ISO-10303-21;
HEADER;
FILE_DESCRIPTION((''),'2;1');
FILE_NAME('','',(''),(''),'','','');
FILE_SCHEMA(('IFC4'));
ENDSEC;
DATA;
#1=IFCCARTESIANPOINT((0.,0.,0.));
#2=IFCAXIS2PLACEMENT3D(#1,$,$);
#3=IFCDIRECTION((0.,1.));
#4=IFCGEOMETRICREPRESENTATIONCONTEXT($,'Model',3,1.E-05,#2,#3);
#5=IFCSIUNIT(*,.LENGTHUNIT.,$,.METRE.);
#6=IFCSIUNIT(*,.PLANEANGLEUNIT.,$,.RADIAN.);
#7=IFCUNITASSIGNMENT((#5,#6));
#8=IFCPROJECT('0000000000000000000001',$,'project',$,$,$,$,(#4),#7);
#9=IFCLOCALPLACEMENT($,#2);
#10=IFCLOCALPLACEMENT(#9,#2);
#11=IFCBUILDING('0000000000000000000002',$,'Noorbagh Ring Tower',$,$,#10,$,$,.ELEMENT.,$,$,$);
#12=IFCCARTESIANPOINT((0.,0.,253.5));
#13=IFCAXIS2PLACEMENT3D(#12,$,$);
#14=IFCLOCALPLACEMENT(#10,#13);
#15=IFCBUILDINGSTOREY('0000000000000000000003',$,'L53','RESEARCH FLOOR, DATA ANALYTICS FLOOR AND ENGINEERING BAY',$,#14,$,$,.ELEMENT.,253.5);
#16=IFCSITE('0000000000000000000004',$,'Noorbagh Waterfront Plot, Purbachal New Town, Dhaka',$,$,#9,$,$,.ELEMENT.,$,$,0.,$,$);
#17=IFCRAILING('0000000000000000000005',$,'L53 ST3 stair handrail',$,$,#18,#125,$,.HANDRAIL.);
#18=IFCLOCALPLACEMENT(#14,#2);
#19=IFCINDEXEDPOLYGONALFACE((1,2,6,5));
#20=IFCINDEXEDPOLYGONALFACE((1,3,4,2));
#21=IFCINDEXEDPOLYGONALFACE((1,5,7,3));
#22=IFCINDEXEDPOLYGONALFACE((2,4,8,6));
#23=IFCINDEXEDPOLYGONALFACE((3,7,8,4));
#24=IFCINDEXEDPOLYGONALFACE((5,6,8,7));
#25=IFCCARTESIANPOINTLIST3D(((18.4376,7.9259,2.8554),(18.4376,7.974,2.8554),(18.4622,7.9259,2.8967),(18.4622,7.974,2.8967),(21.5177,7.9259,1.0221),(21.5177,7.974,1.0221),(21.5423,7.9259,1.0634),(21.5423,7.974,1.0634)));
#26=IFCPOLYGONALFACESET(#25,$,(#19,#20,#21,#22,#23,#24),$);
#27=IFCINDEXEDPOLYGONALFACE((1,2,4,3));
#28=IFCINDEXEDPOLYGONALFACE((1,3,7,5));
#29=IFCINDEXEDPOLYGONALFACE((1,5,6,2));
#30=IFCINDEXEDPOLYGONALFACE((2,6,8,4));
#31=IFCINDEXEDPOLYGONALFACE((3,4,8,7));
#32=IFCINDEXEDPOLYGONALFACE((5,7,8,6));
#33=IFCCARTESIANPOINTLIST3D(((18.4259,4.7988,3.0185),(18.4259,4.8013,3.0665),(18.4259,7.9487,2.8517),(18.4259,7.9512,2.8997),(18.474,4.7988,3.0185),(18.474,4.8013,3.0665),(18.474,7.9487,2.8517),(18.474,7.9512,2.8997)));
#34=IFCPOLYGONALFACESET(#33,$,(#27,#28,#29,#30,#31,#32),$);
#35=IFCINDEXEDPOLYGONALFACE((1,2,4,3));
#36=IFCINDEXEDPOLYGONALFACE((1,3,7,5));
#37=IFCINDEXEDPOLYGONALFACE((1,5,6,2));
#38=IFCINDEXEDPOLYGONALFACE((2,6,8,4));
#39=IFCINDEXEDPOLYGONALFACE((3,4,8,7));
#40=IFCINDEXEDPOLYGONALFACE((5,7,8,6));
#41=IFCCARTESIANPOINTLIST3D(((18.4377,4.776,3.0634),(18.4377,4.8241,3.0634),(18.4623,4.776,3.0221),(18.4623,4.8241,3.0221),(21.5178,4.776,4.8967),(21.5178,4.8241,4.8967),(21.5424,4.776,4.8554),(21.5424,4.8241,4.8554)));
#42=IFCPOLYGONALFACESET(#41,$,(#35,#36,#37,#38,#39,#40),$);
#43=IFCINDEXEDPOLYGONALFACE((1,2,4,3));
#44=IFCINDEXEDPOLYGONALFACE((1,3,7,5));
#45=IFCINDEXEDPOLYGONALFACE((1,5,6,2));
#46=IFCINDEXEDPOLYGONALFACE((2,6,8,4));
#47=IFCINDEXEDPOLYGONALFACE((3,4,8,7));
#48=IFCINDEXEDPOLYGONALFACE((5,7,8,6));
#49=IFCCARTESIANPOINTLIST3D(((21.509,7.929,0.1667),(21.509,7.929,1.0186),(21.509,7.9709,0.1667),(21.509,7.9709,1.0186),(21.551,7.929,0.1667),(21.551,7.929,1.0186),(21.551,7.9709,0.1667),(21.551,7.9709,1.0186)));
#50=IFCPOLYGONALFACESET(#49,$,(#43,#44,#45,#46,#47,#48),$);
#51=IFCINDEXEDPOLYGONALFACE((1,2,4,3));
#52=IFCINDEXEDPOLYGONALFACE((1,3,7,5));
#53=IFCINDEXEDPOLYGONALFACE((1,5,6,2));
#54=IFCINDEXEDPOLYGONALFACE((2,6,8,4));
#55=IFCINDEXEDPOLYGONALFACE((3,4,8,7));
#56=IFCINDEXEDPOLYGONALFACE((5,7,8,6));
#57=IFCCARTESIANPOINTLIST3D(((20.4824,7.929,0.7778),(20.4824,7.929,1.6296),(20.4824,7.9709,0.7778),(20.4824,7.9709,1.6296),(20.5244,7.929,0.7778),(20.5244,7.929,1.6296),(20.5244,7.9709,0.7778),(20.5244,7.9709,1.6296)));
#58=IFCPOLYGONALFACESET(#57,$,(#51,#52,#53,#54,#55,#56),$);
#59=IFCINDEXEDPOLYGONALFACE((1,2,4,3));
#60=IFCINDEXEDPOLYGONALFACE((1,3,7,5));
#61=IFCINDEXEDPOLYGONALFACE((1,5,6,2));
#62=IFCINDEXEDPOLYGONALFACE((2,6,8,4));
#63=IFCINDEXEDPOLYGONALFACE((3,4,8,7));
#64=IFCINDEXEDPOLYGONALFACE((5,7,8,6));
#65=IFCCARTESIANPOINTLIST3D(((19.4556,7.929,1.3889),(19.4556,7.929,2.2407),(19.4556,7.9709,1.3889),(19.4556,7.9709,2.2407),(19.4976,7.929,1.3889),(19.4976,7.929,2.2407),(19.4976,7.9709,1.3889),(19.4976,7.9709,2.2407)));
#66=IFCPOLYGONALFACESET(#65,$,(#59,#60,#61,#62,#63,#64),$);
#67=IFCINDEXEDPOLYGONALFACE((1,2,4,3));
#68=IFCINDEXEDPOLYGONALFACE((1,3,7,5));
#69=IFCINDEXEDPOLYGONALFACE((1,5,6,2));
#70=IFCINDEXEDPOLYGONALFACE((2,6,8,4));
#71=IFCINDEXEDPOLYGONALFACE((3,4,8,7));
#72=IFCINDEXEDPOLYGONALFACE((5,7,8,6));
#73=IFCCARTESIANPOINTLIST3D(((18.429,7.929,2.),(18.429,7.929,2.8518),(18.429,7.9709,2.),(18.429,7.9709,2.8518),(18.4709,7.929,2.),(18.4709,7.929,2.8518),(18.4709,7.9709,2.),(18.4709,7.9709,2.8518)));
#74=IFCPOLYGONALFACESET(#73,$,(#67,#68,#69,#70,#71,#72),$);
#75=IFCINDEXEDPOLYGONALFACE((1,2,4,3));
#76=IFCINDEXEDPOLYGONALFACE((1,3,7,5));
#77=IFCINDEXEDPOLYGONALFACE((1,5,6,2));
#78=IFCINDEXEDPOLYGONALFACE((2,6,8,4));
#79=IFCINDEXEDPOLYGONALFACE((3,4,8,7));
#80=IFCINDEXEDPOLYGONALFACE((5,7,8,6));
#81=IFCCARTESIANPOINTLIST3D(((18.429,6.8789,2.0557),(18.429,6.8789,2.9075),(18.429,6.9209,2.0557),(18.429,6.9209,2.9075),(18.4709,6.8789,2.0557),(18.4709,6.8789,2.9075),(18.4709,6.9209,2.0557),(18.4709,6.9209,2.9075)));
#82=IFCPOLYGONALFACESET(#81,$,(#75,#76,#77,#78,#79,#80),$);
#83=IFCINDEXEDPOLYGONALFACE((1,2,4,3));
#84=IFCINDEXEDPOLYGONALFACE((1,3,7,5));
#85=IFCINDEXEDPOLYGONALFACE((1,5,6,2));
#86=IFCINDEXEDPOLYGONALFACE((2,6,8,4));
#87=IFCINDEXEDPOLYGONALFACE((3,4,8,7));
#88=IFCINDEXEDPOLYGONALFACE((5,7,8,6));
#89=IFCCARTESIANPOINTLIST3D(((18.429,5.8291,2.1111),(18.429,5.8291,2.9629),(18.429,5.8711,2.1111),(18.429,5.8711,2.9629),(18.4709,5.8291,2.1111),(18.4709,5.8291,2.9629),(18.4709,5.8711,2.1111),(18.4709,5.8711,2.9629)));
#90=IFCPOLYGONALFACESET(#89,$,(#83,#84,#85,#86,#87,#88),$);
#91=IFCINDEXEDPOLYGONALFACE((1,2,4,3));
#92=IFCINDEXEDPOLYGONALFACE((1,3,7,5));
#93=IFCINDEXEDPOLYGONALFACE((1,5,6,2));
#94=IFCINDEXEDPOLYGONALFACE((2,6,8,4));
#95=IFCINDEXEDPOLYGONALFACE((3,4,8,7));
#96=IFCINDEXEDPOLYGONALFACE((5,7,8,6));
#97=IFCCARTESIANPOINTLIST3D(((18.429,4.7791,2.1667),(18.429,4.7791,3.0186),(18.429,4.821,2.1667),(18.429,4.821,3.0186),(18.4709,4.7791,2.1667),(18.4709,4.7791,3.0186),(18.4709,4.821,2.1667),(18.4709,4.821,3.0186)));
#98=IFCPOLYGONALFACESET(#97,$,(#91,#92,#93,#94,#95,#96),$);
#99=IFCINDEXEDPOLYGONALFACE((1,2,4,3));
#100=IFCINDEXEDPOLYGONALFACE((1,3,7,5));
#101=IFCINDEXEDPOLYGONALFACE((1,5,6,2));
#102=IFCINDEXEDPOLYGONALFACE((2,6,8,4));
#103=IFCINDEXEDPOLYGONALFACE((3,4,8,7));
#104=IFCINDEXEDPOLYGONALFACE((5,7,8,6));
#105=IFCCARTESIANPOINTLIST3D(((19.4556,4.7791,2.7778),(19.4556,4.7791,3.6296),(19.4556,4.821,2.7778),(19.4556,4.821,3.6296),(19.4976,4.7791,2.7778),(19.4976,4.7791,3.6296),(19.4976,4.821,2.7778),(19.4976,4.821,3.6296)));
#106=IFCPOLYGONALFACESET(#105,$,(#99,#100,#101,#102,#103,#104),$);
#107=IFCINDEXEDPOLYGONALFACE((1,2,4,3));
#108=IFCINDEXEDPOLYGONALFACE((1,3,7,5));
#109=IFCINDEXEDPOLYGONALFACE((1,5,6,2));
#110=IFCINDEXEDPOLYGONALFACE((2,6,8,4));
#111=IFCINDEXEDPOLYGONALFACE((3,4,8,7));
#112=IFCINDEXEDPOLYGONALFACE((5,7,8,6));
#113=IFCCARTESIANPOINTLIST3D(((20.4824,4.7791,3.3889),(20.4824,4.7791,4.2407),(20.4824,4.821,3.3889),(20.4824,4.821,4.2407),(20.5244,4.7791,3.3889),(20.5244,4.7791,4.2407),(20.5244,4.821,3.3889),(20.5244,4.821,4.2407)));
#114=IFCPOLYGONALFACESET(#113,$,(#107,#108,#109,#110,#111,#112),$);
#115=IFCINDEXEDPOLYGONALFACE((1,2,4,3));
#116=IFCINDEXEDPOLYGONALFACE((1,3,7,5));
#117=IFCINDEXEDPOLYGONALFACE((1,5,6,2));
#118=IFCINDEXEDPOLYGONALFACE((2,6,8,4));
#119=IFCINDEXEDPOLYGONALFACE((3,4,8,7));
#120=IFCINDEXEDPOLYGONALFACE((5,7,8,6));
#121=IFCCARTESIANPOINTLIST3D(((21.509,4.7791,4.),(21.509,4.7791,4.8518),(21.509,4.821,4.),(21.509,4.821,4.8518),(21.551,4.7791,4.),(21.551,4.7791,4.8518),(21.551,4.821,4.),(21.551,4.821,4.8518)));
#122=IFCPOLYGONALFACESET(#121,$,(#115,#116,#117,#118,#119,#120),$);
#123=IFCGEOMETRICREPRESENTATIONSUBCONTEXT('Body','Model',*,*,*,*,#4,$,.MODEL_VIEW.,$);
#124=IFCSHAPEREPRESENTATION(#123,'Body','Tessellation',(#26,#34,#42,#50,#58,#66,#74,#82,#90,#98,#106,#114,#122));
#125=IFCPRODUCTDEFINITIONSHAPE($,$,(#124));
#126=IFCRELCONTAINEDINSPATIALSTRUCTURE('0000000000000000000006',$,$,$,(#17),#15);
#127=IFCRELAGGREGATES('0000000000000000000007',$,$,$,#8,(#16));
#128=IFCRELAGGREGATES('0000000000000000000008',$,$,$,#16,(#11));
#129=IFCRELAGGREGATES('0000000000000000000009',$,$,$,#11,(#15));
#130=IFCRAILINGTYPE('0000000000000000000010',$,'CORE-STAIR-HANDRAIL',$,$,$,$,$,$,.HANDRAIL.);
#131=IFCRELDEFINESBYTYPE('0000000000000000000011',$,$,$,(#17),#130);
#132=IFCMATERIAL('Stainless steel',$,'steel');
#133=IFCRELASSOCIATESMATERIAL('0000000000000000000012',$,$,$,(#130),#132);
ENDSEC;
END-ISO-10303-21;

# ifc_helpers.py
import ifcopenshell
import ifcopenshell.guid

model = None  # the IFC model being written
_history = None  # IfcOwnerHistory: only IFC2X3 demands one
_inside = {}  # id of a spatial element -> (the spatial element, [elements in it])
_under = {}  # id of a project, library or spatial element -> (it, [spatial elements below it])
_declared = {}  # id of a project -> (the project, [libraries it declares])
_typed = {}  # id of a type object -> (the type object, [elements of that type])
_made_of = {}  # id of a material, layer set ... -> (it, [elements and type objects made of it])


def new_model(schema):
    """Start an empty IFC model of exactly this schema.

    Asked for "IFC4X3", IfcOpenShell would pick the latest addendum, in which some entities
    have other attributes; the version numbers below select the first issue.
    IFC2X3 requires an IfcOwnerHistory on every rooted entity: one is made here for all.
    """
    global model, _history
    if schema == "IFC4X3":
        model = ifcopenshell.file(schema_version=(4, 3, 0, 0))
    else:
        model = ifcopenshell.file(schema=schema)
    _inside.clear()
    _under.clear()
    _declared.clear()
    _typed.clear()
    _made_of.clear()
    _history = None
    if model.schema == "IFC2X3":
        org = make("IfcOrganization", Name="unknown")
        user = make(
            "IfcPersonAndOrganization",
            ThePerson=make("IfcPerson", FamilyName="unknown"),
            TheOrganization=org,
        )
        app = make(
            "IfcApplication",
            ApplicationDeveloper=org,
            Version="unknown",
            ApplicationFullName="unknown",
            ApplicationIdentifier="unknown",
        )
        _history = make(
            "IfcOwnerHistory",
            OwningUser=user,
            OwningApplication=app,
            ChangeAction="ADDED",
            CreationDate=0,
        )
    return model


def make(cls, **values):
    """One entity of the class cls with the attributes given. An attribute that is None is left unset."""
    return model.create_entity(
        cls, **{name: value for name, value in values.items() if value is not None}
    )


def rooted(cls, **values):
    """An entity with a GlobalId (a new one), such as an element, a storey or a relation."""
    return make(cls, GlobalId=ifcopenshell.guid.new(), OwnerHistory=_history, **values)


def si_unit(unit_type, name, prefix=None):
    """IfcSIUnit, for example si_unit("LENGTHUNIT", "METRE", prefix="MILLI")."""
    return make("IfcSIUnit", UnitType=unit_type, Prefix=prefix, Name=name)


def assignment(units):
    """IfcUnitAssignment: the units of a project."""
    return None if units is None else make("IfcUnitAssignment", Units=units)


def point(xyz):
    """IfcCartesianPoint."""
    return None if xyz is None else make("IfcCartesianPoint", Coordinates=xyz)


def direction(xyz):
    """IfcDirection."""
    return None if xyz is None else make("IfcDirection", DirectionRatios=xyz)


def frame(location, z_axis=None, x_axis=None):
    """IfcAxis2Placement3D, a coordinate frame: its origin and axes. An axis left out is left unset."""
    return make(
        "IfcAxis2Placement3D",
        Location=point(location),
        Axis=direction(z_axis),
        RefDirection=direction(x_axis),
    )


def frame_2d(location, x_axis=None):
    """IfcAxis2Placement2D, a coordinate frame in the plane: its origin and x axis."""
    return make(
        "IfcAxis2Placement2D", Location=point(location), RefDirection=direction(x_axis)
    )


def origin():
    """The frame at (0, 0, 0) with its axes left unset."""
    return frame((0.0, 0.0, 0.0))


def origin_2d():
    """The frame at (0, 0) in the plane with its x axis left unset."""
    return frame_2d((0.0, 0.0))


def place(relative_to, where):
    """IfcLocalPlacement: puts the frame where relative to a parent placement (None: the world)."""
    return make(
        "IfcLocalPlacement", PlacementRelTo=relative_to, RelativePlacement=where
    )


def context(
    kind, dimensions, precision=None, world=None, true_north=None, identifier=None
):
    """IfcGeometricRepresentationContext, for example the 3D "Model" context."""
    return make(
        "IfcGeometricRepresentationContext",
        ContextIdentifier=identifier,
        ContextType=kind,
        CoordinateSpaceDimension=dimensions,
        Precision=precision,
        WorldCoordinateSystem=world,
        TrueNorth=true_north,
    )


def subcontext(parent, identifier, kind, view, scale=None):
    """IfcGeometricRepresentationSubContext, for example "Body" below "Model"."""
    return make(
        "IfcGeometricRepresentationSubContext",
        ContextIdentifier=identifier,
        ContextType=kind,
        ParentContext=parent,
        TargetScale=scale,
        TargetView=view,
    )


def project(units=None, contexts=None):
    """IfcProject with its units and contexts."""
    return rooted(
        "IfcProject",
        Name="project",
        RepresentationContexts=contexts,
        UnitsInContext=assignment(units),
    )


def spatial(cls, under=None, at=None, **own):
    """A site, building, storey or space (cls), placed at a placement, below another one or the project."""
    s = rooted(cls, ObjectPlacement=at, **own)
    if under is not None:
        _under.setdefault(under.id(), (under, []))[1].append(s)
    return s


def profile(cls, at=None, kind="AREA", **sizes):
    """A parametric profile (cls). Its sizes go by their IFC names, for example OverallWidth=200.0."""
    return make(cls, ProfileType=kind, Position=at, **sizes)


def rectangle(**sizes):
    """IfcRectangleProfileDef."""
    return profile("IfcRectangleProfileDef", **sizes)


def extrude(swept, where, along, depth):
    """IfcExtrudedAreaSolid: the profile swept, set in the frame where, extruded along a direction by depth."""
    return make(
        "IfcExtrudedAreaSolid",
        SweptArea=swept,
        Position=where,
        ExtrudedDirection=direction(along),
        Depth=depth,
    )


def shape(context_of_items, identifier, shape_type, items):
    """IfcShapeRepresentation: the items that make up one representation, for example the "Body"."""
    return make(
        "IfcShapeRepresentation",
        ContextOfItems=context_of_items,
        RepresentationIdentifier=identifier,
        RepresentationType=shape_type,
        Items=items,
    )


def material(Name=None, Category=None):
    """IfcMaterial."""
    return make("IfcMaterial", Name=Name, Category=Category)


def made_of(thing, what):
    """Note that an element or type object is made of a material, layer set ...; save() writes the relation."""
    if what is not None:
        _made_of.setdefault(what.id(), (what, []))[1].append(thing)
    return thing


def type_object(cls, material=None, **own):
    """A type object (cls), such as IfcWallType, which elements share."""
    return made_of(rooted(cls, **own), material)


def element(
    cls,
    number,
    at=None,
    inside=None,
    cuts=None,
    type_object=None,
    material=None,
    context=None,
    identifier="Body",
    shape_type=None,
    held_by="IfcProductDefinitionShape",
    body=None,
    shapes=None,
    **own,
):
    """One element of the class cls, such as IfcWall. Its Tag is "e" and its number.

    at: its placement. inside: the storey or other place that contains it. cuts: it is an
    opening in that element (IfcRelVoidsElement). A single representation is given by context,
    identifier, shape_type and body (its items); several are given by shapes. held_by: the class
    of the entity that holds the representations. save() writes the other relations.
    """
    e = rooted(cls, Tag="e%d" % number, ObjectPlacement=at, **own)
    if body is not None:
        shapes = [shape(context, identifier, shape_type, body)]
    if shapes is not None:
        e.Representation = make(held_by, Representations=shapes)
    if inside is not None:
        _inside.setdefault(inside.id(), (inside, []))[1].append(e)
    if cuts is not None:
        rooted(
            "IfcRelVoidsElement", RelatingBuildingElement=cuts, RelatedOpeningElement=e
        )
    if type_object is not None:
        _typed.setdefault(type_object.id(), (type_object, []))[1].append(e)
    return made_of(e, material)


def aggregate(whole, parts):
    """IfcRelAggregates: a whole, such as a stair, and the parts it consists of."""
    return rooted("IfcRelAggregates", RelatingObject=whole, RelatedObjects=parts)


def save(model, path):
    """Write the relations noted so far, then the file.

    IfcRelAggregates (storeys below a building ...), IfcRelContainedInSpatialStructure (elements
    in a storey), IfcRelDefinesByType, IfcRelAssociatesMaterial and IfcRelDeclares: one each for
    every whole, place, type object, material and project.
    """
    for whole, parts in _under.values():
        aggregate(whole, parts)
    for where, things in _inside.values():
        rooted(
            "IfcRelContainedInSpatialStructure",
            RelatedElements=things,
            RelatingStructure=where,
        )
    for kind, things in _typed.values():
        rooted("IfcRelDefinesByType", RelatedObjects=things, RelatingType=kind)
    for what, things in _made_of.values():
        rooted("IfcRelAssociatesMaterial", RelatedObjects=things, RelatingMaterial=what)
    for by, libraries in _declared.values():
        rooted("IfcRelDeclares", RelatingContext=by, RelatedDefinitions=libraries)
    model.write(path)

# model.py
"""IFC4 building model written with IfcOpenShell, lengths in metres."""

from ifc_helpers import new_model, si_unit, direction, frame, origin, origin_2d, place, context, subcontext, project, spatial, rectangle, extrude, material, type_object, element, save


model = new_model("IFC4")

# Units and contexts
model_context = context("Model", 3, precision=1e-05, world=origin(), true_north=direction((0.0, 1.0)))
body_context = subcontext(model_context, "Body", "Model", "MODEL_VIEW")
ifc_project = project(units=[si_unit("LENGTHUNIT", "METRE"), si_unit("PLANEANGLEUNIT", "RADIAN")], contexts=[model_context])

# Site, building, storey
site_placement = place(None, origin())
site = spatial("IfcSite", under=ifc_project, at=site_placement, Name="Noorbagh Waterfront Plot, Purbachal New Town, Dhaka", CompositionType="ELEMENT", RefElevation=0.0)
building_placement = place(site_placement, origin())
building = spatial("IfcBuilding", under=site, at=building_placement, Name="Noorbagh Ring Tower", CompositionType="ELEMENT")
storey_placement = place(building_placement, frame((0.0, 0.0, 253.5)))
storey = spatial("IfcBuildingStorey", under=building, at=storey_placement, Name="L53", Description="RESEARCH FLOOR, DATA ANALYTICS FLOOR AND ENGINEERING BAY", CompositionType="ELEMENT", Elevation=253.5)

# Railing
ifc_material_1 = material(Name="Stainless steel", Category="steel")
railing_type_1 = type_object("IfcRailingType", Name="CORE-STAIR-HANDRAIL", PredefinedType="HANDRAIL", material=ifc_material_1)
railing_1_placement = place(storey_placement, frame((21.53, 7.95, 0.1667)))
element("IfcRailing", 1, at=railing_1_placement, inside=storey, type_object=railing_type_1, Name="L53 ST3 stair handrail", PredefinedType="HANDRAIL", context=body_context, shape_type="SweptSolid", body=[
    extrude(rectangle(XDim=0.0481, YDim=0.0481, at=origin_2d()), frame((0.0, 0.0, 0.876), z_axis=(-0.859309, 0.0, 0.511458), x_axis=(0.0, -1.0, 0.0)), (0.0, 0.0, 1.0), 3.5845),
    extrude(rectangle(XDim=0.0481, YDim=0.0481, at=origin_2d()), frame((-3.0801, 0.0, 2.709), z_axis=(0.0, -0.998602, 0.052864), x_axis=(1.0, 0.0, 0.0)), (0.0, 0.0, 1.0), 3.1543),
    extrude(rectangle(XDim=0.0481, YDim=0.0481, at=origin_2d()), frame((-3.0801, -3.1499, 2.876), z_axis=(0.859309, 0.0, 0.511458), x_axis=(0.0, 1.0, 0.0)), (0.0, 0.0, 1.0), 3.5845),
    extrude(rectangle(XDim=0.042, YDim=0.042, at=origin_2d()), origin(), (0.0, 0.0, 1.0), 0.8518),
    extrude(rectangle(XDim=0.042, YDim=0.042, at=origin_2d()), frame((-1.0266, 0.0, 0.6111)), (0.0, 0.0, 1.0), 0.8518),
    extrude(rectangle(XDim=0.042, YDim=0.042, at=origin_2d()), frame((-2.0535, 0.0, 1.2222)), (0.0, 0.0, 1.0), 0.8518),
    extrude(rectangle(XDim=0.042, YDim=0.042, at=origin_2d()), frame((-3.0801, 0.0, 1.8333)), (0.0, 0.0, 1.0), 0.8518),
    extrude(rectangle(XDim=0.042, YDim=0.042, at=origin_2d()), frame((-3.0801, -1.05, 1.8889)), (0.0, 0.0, 1.0), 0.8518),
    extrude(rectangle(XDim=0.042, YDim=0.042, at=origin_2d()), frame((-3.0801, -2.0999, 1.9443)), (0.0, 0.0, 1.0), 0.8518),
    extrude(rectangle(XDim=0.042, YDim=0.042, at=origin_2d()), frame((-3.0801, -3.1499, 2.0)), (0.0, 0.0, 1.0), 0.8518),
    extrude(rectangle(XDim=0.042, YDim=0.042, at=origin_2d()), frame((-2.0535, -3.1499, 2.6111)), (0.0, 0.0, 1.0), 0.8518),
    extrude(rectangle(XDim=0.042, YDim=0.042, at=origin_2d()), frame((-1.0266, -3.1499, 3.2222)), (0.0, 0.0, 1.0), 0.8518),
    extrude(rectangle(XDim=0.042, YDim=0.042, at=origin_2d()), frame((0.0, -3.1499, 3.8333)), (0.0, 0.0, 1.0), 0.8518),
])

save(model, "model.ifc")
